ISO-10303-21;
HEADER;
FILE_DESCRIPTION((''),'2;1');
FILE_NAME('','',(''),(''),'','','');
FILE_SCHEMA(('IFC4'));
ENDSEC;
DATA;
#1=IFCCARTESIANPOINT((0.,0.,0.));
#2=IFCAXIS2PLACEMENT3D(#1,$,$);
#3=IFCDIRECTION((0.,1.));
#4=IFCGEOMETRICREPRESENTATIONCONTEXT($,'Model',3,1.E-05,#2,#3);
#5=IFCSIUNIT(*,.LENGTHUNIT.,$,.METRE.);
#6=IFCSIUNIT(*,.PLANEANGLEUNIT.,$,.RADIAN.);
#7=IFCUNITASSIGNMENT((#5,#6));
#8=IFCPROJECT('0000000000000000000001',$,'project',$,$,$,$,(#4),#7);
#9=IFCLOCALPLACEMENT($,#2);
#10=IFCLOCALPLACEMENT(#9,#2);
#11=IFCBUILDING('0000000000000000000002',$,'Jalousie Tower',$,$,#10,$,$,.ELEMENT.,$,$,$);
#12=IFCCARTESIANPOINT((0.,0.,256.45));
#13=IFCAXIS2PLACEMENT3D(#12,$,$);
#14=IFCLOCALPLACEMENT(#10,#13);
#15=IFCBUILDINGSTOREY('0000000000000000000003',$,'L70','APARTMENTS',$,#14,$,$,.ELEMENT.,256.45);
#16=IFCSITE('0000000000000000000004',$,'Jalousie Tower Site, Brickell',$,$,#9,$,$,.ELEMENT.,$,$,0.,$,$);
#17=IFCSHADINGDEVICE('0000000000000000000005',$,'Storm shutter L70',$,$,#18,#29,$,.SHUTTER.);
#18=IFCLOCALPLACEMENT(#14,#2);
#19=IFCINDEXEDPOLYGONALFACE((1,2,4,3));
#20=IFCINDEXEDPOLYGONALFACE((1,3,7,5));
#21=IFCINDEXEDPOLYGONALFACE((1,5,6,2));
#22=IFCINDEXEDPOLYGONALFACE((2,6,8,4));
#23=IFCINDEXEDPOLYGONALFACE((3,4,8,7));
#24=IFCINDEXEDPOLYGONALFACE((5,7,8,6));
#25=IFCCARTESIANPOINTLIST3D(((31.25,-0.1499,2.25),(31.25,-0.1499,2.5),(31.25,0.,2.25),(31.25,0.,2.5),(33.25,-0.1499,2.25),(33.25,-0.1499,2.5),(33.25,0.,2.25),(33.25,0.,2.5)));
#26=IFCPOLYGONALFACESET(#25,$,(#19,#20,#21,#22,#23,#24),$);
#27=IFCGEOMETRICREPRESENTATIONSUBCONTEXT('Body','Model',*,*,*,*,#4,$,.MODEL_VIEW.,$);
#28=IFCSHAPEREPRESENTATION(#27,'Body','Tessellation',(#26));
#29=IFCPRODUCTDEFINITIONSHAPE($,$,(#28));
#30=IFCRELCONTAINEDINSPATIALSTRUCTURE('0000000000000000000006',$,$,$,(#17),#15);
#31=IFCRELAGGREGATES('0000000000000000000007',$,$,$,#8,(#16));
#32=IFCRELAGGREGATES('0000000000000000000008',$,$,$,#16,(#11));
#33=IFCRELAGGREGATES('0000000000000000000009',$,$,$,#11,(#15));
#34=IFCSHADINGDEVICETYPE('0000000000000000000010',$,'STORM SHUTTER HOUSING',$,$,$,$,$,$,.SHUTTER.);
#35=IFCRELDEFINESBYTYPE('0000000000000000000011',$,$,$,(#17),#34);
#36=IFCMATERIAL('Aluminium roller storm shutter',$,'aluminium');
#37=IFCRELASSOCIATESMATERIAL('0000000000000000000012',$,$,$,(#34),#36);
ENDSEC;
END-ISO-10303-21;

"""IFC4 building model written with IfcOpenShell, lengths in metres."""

from ifc_helpers import new_model, si_unit, direction, frame, origin, origin_2d, place, context, subcontext, project, spatial, rectangle, extrude, material, type_object, element, save


model = new_model("IFC4")

# Units and contexts
model_context = context("Model", 3, precision=1e-05, world=origin(), true_north=direction((0.0, 1.0)))
body_context = subcontext(model_context, "Body", "Model", "MODEL_VIEW")
ifc_project = project(units=[si_unit("LENGTHUNIT", "METRE"), si_unit("PLANEANGLEUNIT", "RADIAN")], contexts=[model_context])

# Site, building, storey
site_placement = place(None, origin())
site = spatial("IfcSite", under=ifc_project, at=site_placement, Name="Jalousie Tower Site, Brickell", CompositionType="ELEMENT", RefElevation=0.0)
building_placement = place(site_placement, origin())
building = spatial("IfcBuilding", under=site, at=building_placement, Name="Jalousie Tower", CompositionType="ELEMENT")
storey_placement = place(building_placement, frame((0.0, 0.0, 256.45)))
storey = spatial("IfcBuildingStorey", under=building, at=storey_placement, Name="L70", Description="APARTMENTS", CompositionType="ELEMENT", Elevation=256.45)

# Shading device
ifc_material_1 = material(Name="Aluminium roller storm shutter", Category="aluminium")
shading_device_type_1 = type_object("IfcShadingDeviceType", Name="STORM SHUTTER HOUSING", PredefinedType="SHUTTER", material=ifc_material_1)
for number, where, z_axis, x_axis, name in (
    (1, (32.25, -0.075, 2.25), (0.0, 0.0, 1.0), (1.0, 0.0, 0.0), "Storm shutter L70"),
):
    element("IfcShadingDevice", number, at=place(storey_placement, frame(where, z_axis=z_axis, x_axis=x_axis)), inside=storey, type_object=shading_device_type_1, Name=name, PredefinedType="SHUTTER", context=body_context, shape_type="SweptSolid", body=[
        extrude(rectangle(XDim=2.0, YDim=0.1499, at=origin_2d()), origin(), (0.0, 0.0, 1.0), 0.25),
    ])

save(model, "model.ifc")
